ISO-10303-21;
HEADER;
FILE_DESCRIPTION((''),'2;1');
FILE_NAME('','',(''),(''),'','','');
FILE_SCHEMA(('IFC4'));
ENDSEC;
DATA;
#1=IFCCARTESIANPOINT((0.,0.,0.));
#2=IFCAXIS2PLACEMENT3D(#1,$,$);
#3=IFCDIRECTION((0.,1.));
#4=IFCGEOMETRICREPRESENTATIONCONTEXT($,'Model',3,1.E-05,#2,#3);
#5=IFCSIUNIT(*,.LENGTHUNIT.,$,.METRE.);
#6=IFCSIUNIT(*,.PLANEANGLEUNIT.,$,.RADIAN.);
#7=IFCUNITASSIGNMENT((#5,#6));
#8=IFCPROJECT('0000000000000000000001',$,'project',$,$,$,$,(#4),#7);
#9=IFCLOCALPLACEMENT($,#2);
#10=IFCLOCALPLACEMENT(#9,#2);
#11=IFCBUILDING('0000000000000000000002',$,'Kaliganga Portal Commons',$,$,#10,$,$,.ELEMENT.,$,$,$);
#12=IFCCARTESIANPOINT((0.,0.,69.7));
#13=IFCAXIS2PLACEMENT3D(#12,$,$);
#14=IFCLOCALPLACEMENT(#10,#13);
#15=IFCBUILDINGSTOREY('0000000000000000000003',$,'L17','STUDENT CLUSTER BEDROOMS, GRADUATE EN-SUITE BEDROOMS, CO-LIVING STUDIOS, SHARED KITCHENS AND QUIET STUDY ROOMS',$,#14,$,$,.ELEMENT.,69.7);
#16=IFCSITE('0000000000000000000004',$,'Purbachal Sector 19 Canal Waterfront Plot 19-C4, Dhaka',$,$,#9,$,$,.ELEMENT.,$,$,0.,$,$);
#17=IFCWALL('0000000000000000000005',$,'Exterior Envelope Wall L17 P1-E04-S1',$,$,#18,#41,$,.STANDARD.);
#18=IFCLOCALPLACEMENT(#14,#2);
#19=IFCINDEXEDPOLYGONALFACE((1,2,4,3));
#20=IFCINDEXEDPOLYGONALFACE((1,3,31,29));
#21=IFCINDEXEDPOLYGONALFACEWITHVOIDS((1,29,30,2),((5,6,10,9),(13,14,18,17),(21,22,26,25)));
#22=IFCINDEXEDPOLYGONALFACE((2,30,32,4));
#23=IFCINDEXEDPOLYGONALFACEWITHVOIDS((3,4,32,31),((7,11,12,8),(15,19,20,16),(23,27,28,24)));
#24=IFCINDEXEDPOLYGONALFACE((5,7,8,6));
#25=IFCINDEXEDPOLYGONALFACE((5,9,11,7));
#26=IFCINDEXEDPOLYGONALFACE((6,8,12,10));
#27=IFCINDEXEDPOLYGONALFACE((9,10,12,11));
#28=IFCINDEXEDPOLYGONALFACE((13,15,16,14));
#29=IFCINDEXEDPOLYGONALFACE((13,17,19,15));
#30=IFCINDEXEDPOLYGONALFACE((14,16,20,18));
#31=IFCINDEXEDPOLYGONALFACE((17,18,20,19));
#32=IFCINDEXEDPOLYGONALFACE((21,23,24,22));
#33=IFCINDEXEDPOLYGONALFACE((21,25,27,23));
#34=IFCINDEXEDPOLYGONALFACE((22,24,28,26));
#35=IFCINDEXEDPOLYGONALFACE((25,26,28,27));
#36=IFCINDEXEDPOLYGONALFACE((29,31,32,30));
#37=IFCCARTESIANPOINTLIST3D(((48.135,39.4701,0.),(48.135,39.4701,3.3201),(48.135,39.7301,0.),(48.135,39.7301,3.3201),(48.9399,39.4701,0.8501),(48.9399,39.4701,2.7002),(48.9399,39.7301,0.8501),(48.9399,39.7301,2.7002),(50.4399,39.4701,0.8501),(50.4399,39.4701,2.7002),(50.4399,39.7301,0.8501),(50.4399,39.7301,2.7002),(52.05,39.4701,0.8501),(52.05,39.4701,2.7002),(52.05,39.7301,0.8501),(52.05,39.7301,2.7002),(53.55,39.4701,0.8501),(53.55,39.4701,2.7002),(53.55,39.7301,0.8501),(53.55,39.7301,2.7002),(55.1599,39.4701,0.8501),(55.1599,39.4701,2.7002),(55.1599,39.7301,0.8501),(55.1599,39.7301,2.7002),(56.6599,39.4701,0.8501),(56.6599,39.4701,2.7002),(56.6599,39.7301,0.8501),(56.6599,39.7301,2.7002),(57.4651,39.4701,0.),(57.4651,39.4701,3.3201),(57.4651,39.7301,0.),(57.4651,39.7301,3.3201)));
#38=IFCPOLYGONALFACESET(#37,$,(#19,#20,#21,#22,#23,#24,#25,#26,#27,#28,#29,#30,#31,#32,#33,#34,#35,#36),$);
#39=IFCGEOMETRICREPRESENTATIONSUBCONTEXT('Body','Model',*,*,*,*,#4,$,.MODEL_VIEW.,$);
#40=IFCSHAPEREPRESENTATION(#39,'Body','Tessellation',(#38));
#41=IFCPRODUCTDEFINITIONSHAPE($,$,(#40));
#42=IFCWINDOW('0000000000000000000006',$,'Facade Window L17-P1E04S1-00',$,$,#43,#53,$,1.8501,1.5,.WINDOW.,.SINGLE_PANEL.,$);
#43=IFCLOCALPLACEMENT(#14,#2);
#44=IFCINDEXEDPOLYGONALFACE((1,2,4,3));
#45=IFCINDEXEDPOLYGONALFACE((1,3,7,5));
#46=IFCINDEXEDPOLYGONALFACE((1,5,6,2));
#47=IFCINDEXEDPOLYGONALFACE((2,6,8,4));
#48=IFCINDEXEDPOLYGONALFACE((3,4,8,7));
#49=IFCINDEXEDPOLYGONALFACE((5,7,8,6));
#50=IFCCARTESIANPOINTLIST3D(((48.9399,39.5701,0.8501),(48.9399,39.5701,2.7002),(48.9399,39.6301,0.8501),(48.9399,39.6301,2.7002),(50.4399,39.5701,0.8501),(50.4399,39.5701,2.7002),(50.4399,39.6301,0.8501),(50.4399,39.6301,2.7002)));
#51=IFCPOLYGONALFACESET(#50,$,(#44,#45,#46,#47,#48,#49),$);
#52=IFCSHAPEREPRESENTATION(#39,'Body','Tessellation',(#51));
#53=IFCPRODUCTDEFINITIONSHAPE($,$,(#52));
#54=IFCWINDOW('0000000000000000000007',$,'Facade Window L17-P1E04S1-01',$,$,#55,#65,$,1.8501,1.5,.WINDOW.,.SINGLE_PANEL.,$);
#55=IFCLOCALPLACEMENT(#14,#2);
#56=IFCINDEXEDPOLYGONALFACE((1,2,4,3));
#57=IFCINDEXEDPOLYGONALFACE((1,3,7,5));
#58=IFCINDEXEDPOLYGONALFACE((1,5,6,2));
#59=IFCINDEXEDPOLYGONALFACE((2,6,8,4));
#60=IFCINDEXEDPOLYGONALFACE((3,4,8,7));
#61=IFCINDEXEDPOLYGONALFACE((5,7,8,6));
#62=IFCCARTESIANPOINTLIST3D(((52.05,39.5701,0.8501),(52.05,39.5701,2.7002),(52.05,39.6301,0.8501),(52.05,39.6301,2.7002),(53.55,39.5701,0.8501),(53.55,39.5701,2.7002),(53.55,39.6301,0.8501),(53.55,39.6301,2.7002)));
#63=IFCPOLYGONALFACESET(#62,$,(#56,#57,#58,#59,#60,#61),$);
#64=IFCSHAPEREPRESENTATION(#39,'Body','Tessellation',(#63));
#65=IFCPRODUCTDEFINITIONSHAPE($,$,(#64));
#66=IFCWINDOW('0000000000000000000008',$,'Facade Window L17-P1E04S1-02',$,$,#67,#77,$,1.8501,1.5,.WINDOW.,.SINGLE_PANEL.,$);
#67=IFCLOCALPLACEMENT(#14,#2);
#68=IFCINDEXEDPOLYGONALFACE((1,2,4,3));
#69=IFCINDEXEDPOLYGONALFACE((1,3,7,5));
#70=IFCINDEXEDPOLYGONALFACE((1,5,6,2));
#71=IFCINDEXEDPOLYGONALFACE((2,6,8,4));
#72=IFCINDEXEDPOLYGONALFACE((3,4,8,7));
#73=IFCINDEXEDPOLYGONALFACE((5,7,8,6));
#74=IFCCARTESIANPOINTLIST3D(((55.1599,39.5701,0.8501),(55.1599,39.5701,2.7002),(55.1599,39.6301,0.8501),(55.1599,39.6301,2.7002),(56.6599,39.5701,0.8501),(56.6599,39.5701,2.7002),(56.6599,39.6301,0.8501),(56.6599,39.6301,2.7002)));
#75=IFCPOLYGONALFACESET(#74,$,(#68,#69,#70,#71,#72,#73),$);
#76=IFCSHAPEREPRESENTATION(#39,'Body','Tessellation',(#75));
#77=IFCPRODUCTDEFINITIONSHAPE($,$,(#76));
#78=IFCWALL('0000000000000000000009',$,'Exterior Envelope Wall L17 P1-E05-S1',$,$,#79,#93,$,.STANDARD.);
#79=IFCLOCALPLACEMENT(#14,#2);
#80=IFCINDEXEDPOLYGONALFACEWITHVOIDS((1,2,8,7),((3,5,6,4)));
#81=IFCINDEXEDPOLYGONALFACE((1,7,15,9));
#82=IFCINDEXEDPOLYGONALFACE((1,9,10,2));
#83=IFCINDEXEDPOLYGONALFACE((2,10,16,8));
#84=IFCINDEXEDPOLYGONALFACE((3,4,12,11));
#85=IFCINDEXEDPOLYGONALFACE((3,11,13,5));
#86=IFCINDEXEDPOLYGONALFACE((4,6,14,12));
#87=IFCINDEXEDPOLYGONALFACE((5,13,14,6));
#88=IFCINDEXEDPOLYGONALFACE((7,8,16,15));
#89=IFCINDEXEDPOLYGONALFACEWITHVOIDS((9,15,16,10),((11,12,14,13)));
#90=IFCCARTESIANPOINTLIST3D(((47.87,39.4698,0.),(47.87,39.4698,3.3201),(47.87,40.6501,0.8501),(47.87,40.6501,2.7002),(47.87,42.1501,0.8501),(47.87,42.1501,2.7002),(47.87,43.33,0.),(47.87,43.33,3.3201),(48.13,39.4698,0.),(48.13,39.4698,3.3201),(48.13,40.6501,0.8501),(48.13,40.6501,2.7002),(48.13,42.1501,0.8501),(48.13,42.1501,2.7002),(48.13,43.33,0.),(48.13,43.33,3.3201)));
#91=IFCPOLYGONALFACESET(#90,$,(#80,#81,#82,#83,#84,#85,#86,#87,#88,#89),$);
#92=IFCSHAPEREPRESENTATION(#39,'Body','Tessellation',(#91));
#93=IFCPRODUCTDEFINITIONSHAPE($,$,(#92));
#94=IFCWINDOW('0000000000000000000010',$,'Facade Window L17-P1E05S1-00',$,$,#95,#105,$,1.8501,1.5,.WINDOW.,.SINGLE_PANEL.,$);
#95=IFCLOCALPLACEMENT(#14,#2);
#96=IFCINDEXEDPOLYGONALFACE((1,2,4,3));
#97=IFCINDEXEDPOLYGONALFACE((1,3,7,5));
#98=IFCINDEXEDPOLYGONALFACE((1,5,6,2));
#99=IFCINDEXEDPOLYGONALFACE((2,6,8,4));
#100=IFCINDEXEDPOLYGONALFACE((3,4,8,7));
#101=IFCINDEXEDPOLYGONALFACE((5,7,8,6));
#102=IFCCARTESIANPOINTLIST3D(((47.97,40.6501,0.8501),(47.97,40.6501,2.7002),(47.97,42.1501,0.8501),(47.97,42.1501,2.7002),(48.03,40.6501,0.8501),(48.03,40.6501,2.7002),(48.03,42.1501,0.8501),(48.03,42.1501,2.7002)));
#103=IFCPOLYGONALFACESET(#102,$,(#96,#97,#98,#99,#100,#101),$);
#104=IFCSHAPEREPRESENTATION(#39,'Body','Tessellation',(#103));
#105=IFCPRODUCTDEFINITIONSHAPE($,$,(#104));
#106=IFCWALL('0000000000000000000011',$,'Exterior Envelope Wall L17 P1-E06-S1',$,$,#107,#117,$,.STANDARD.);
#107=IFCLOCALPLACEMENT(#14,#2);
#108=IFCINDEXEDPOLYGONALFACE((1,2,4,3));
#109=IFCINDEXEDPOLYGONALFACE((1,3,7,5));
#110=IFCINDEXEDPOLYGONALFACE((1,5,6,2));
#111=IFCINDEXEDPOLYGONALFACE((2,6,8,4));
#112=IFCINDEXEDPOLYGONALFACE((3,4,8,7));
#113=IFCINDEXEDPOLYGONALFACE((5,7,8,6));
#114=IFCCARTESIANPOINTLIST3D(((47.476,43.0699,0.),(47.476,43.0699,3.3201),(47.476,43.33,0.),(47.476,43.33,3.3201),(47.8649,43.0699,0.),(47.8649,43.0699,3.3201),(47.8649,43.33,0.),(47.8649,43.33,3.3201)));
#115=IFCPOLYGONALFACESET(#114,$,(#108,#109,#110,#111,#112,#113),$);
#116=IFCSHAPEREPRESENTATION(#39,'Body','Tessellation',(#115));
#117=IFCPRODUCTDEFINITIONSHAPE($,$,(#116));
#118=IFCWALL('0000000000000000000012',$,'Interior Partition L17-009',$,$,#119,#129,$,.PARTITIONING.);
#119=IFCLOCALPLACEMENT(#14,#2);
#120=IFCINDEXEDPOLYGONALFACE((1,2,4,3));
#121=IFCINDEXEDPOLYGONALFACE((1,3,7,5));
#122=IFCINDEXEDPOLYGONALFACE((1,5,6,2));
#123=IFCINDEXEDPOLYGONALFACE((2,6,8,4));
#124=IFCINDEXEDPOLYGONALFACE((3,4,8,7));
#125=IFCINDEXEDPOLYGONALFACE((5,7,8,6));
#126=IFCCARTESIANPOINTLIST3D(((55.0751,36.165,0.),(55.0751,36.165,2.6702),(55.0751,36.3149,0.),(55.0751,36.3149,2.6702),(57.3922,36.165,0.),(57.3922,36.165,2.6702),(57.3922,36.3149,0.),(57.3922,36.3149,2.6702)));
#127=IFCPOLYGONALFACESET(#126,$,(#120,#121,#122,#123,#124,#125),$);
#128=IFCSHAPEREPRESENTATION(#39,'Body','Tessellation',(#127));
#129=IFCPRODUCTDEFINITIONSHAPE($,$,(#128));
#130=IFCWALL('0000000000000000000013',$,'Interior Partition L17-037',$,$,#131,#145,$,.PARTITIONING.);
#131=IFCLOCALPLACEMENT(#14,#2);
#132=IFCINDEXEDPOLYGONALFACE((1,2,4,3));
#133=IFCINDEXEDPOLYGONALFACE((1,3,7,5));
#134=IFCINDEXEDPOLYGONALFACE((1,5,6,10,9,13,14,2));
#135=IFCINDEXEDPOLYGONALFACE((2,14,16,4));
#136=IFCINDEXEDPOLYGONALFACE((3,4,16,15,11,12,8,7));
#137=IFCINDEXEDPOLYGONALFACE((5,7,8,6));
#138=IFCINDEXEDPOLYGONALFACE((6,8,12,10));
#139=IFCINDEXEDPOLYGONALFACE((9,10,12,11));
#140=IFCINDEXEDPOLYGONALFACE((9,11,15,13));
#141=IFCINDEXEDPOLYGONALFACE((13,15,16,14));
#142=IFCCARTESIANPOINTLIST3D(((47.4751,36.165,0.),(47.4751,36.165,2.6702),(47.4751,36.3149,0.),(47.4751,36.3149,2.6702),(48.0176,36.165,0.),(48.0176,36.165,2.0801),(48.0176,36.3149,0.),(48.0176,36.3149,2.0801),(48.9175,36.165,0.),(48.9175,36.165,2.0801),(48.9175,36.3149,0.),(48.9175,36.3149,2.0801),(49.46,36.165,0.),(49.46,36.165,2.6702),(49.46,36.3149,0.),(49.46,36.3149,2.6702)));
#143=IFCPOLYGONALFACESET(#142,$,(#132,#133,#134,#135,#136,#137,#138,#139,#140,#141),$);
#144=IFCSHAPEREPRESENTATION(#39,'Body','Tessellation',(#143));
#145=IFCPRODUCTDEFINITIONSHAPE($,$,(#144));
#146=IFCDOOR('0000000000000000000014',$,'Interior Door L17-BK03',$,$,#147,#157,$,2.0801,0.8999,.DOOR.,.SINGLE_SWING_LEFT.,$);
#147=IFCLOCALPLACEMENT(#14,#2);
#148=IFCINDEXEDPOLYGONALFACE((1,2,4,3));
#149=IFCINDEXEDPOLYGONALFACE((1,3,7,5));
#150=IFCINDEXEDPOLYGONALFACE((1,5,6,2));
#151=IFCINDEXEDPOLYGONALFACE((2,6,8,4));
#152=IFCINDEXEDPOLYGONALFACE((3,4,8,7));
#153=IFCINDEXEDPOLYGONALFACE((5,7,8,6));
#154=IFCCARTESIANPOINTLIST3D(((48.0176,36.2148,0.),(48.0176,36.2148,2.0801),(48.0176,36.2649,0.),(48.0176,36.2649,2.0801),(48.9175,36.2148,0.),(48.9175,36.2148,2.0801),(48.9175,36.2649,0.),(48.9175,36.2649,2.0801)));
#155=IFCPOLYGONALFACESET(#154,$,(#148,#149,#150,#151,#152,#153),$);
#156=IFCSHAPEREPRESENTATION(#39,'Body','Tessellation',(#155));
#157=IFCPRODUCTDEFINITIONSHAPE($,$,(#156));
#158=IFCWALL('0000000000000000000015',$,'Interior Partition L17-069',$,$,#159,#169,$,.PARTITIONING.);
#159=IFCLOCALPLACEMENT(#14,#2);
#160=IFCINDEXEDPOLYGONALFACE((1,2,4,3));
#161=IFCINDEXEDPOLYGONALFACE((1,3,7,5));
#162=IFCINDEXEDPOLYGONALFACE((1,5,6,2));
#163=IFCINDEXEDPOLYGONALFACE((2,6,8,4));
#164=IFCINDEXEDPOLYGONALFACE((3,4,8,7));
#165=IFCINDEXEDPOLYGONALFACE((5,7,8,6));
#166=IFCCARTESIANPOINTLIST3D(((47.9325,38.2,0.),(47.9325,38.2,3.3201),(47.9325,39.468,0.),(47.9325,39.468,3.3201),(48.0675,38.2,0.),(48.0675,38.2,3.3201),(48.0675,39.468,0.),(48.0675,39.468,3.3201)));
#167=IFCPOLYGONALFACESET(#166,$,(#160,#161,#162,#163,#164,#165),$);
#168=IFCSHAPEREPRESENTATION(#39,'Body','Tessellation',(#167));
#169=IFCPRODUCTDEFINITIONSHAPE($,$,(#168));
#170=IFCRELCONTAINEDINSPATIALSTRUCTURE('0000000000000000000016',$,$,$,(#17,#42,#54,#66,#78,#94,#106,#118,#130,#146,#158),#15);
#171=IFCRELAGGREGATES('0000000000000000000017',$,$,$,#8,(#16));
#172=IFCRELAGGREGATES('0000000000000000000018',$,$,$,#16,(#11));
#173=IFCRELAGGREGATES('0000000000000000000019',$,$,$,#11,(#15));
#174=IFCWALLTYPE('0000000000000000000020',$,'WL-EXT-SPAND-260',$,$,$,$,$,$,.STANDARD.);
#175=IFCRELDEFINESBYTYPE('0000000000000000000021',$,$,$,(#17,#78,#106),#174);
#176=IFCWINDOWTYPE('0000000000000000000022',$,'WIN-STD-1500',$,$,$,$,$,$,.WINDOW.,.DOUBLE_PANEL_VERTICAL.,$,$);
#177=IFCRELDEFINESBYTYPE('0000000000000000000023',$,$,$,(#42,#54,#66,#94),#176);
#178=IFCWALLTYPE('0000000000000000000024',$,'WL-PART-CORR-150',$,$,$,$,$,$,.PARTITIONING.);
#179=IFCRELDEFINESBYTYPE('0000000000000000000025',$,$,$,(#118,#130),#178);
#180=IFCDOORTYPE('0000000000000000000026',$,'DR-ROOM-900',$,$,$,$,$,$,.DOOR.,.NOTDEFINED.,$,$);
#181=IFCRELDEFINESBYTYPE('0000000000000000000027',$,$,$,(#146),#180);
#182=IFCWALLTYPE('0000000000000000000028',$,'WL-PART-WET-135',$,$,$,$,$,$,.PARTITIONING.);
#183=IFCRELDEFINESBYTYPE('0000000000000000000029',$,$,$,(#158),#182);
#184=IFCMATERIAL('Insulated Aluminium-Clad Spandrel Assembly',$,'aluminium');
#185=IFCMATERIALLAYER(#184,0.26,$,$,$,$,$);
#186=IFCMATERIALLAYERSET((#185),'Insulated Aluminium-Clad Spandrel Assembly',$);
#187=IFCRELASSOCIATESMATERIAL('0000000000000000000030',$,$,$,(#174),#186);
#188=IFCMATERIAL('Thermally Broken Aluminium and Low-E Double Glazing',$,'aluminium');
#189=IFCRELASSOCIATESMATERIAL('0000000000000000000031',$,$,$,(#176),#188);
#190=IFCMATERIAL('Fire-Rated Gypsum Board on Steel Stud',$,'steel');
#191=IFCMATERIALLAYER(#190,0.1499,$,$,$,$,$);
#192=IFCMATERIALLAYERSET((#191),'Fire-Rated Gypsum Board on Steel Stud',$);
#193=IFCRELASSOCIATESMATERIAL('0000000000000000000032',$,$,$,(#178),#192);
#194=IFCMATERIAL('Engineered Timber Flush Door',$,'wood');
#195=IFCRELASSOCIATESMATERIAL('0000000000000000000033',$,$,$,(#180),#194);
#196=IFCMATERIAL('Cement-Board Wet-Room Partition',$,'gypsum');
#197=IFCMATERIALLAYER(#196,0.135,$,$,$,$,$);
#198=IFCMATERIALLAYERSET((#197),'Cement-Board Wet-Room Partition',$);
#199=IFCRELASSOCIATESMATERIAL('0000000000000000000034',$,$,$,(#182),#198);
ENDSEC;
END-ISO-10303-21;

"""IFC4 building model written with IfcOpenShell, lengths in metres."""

from ifc_helpers import new_model, si_unit, direction, frame, frame_2d, origin, place, context, subcontext, project, spatial, rectangle, extrude, material, layer, layer_set, type_object, element, fill, save


model = new_model("IFC4")

# Units and contexts
model_context = context("Model", 3, precision=1e-05, world=origin(), true_north=direction((0.0, 1.0)))
body_context = subcontext(model_context, "Body", "Model", "MODEL_VIEW")
ifc_project = project(units=[si_unit("LENGTHUNIT", "METRE"), si_unit("PLANEANGLEUNIT", "RADIAN")], contexts=[model_context])

# Site, building, storey
site_placement = place(None, origin())
site = spatial("IfcSite", under=ifc_project, at=site_placement, Name="Purbachal Sector 19 Canal Waterfront Plot 19-C4, Dhaka", CompositionType="ELEMENT", RefElevation=0.0)
building_placement = place(site_placement, origin())
building = spatial("IfcBuilding", under=site, at=building_placement, Name="Kaliganga Portal Commons", CompositionType="ELEMENT")
storey_placement = place(building_placement, frame((0.0, 0.0, 69.7)))
storey = spatial("IfcBuildingStorey", under=building, at=storey_placement, Name="L17", Description="STUDENT CLUSTER BEDROOMS, GRADUATE EN-SUITE BEDROOMS, CO-LIVING STUDIOS, SHARED KITCHENS AND QUIET STUDY ROOMS", CompositionType="ELEMENT", Elevation=69.7)

# Wall, openings, windows
ifc_material_1 = material(Name="Insulated Aluminium-Clad Spandrel Assembly", Category="aluminium")
ifc_layer_1 = layer(ifc_material_1, 0.26)
ifc_layer_set_1 = layer_set([ifc_layer_1], Name="Insulated Aluminium-Clad Spandrel Assembly")
wall_type_1 = type_object("IfcWallType", Name="WL-EXT-SPAND-260", PredefinedType="STANDARD", material=ifc_layer_set_1)
ifc_material_2 = material(Name="Thermally Broken Aluminium and Low-E Double Glazing", Category="aluminium")
wall_1_placement = place(storey_placement, frame((48.135, 39.6001, 0.0), z_axis=(0.0, 0.0, 1.0), x_axis=(1.0, 0.0, 0.0)))
wall_1 = element("IfcWall", 1, at=wall_1_placement, inside=storey, type_object=wall_type_1, Name="Exterior Envelope Wall L17 P1-E04-S1", PredefinedType="STANDARD", context=body_context, shape_type="SweptSolid", body=[
    extrude(rectangle(XDim=9.3301, YDim=0.26, at=frame_2d((4.665, 0.0))), origin(), (0.0, 0.0, 1.0), 3.3201),
])
opening_1_placement = place(wall_1_placement, frame((0.8049, 0.0, 0.8501)))
opening_1 = element("IfcOpeningElement", 2, at=opening_1_placement, cuts=wall_1, PredefinedType="OPENING", context=body_context, shape_type="SweptSolid", body=[
    extrude(rectangle(XDim=1.5, YDim=1.8501, at=frame_2d((0.75, 0.925))), frame((0.0, 0.1401, 0.0), z_axis=(0.0, -1.0, 0.0), x_axis=(1.0, 0.0, 0.0)), (0.0, 0.0, 1.0), 0.28),
])
opening_2_placement = place(wall_1_placement, frame((3.915, 0.0, 0.8501)))
opening_2 = element("IfcOpeningElement", 3, at=opening_2_placement, cuts=wall_1, PredefinedType="OPENING", context=body_context, shape_type="SweptSolid", body=[
    extrude(rectangle(XDim=1.5, YDim=1.8501, at=frame_2d((0.75, 0.925))), frame((0.0, 0.1401, 0.0), z_axis=(0.0, -1.0, 0.0), x_axis=(1.0, 0.0, 0.0)), (0.0, 0.0, 1.0), 0.28),
])
opening_3_placement = place(wall_1_placement, frame((7.0249, 0.0, 0.8501)))
opening_3 = element("IfcOpeningElement", 4, at=opening_3_placement, cuts=wall_1, PredefinedType="OPENING", context=body_context, shape_type="SweptSolid", body=[
    extrude(rectangle(XDim=1.5, YDim=1.8501, at=frame_2d((0.75, 0.925))), frame((0.0, 0.1401, 0.0), z_axis=(0.0, -1.0, 0.0), x_axis=(1.0, 0.0, 0.0)), (0.0, 0.0, 1.0), 0.28),
])
window_type_1 = type_object("IfcWindowType", Name="WIN-STD-1500", PartitioningType="DOUBLE_PANEL_VERTICAL", PredefinedType="WINDOW", material=ifc_material_2)
window_1_placement = place(opening_1_placement, origin())
window_1 = element("IfcWindow", 5, at=window_1_placement, inside=storey, type_object=window_type_1, Name="Facade Window L17-P1E04S1-00", OverallHeight=1.8501, OverallWidth=1.5, PartitioningType="SINGLE_PANEL", PredefinedType="WINDOW", context=body_context, shape_type="SweptSolid", body=[
    extrude(rectangle(XDim=1.5, YDim=1.8501, at=frame_2d((0.75, 0.925))), frame((0.0, 0.03, 0.0), z_axis=(0.0, -1.0, 0.0), x_axis=(1.0, 0.0, 0.0)), (0.0, 0.0, 1.0), 0.0601),
])
fill(opening_1, window_1)
window_2_placement = place(opening_2_placement, origin())
window_2 = element("IfcWindow", 6, at=window_2_placement, inside=storey, type_object=window_type_1, Name="Facade Window L17-P1E04S1-01", OverallHeight=1.8501, OverallWidth=1.5, PartitioningType="SINGLE_PANEL", PredefinedType="WINDOW", context=body_context, shape_type="SweptSolid", body=[
    extrude(rectangle(XDim=1.5, YDim=1.8501, at=frame_2d((0.75, 0.925))), frame((0.0, 0.03, 0.0), z_axis=(0.0, -1.0, 0.0), x_axis=(1.0, 0.0, 0.0)), (0.0, 0.0, 1.0), 0.0601),
])
fill(opening_2, window_2)
window_3_placement = place(opening_3_placement, origin())
window_3 = element("IfcWindow", 7, at=window_3_placement, inside=storey, type_object=window_type_1, Name="Facade Window L17-P1E04S1-02", OverallHeight=1.8501, OverallWidth=1.5, PartitioningType="SINGLE_PANEL", PredefinedType="WINDOW", context=body_context, shape_type="SweptSolid", body=[
    extrude(rectangle(XDim=1.5, YDim=1.8501, at=frame_2d((0.75, 0.925))), frame((0.0, 0.03, 0.0), z_axis=(0.0, -1.0, 0.0), x_axis=(1.0, 0.0, 0.0)), (0.0, 0.0, 1.0), 0.0601),
])
fill(opening_3, window_3)

# Wall, opening, window
wall_2_placement = place(storey_placement, frame((48.0, 43.3301, 0.0), z_axis=(0.0, 0.0, 1.0), x_axis=(0.0, -1.0, 0.0)))
wall_2 = element("IfcWall", 8, at=wall_2_placement, inside=storey, type_object=wall_type_1, Name="Exterior Envelope Wall L17 P1-E05-S1", PredefinedType="STANDARD", context=body_context, shape_type="SweptSolid", body=[
    extrude(rectangle(XDim=3.8601, YDim=0.26, at=frame_2d((1.9302, 0.0))), origin(), (0.0, 0.0, 1.0), 3.3201),
])
opening_4_placement = place(wall_2_placement, frame((1.1799, 0.0, 0.8501)))
opening_4 = element("IfcOpeningElement", 9, at=opening_4_placement, cuts=wall_2, PredefinedType="OPENING", context=body_context, shape_type="SweptSolid", body=[
    extrude(rectangle(XDim=1.5, YDim=1.8501, at=frame_2d((0.75, 0.925))), frame((0.0, 0.1401, 0.0), z_axis=(0.0, -1.0, 0.0), x_axis=(1.0, 0.0, 0.0)), (0.0, 0.0, 1.0), 0.28),
])
window_4_placement = place(opening_4_placement, origin())
window_4 = element("IfcWindow", 10, at=window_4_placement, inside=storey, type_object=window_type_1, Name="Facade Window L17-P1E05S1-00", OverallHeight=1.8501, OverallWidth=1.5, PartitioningType="SINGLE_PANEL", PredefinedType="WINDOW", context=body_context, shape_type="SweptSolid", body=[
    extrude(rectangle(XDim=1.5, YDim=1.8501, at=frame_2d((0.75, 0.925))), frame((0.0, 0.03, 0.0), z_axis=(0.0, -1.0, 0.0), x_axis=(1.0, 0.0, 0.0)), (0.0, 0.0, 1.0), 0.0601),
])
fill(opening_4, window_4)

# Wall
wall_3_placement = place(storey_placement, frame((47.4761, 43.2, 0.0), z_axis=(0.0, 0.0, 1.0), x_axis=(1.0, 0.0, 0.0)))
element("IfcWall", 11, at=wall_3_placement, inside=storey, type_object=wall_type_1, Name="Exterior Envelope Wall L17 P1-E06-S1", PredefinedType="STANDARD", context=body_context, shape_type="SweptSolid", body=[
    extrude(rectangle(XDim=0.3889, YDim=0.26, at=frame_2d((0.1943, 0.0))), origin(), (0.0, 0.0, 1.0), 3.3201),
])

# Shared definitions
ifc_material_3 = material(Name="Fire-Rated Gypsum Board on Steel Stud", Category="steel")
ifc_layer_2 = layer(ifc_material_3, 0.1499)
ifc_layer_set_2 = layer_set([ifc_layer_2], Name="Fire-Rated Gypsum Board on Steel Stud")
wall_type_2 = type_object("IfcWallType", Name="WL-PART-CORR-150", PredefinedType="PARTITIONING", material=ifc_layer_set_2)

# Wall
wall_4_placement = place(storey_placement, frame((55.075, 36.24, 0.0), z_axis=(0.0, 0.0, 1.0), x_axis=(1.0, 0.0, 0.0)))
element("IfcWall", 12, at=wall_4_placement, inside=storey, type_object=wall_type_2, Name="Interior Partition L17-009", PredefinedType="PARTITIONING", context=body_context, shape_type="SweptSolid", body=[
    extrude(rectangle(XDim=2.3171, YDim=0.1499, at=frame_2d((1.1587, 0.0))), origin(), (0.0, 0.0, 1.0), 2.6702),
])

# Wall, opening, door
wall_5_placement = place(storey_placement, frame((47.4751, 36.24, 0.0), z_axis=(0.0, 0.0, 1.0), x_axis=(1.0, 0.0, 0.0)))
wall_5 = element("IfcWall", 13, at=wall_5_placement, inside=storey, type_object=wall_type_2, Name="Interior Partition L17-037", PredefinedType="PARTITIONING", context=body_context, shape_type="SweptSolid", body=[
    extrude(rectangle(XDim=1.9849, YDim=0.1499, at=frame_2d((0.9924, 0.0))), origin(), (0.0, 0.0, 1.0), 2.6702),
])
opening_5_placement = place(wall_5_placement, frame((0.5425, 0.0, 0.0)))
opening_5 = element("IfcOpeningElement", 14, at=opening_5_placement, cuts=wall_5, PredefinedType="OPENING", context=body_context, shape_type="SweptSolid", body=[
    extrude(rectangle(XDim=0.8999, YDim=2.0801, at=frame_2d((0.45, 1.04))), frame((0.0, 0.085, 0.0), z_axis=(0.0, -1.0, 0.0), x_axis=(1.0, 0.0, 0.0)), (0.0, 0.0, 1.0), 0.1699),
])
ifc_material_4 = material(Name="Engineered Timber Flush Door", Category="wood")
door_type_1 = type_object("IfcDoorType", Name="DR-ROOM-900", OperationType="NOTDEFINED", PredefinedType="DOOR", material=ifc_material_4)
door_1_placement = place(opening_5_placement, origin())
door_1 = element("IfcDoor", 15, at=door_1_placement, inside=storey, type_object=door_type_1, Name="Interior Door L17-BK03", OperationType="SINGLE_SWING_LEFT", OverallHeight=2.0801, OverallWidth=0.8999, PredefinedType="DOOR", context=body_context, shape_type="SweptSolid", body=[
    extrude(rectangle(XDim=0.8999, YDim=2.0801, at=frame_2d((0.45, 1.04))), frame((0.0, 0.0249, 0.0), z_axis=(0.0, -1.0, 0.0), x_axis=(1.0, 0.0, 0.0)), (0.0, 0.0, 1.0), 0.05),
])
fill(opening_5, door_1)

# Wall
ifc_material_5 = material(Name="Cement-Board Wet-Room Partition", Category="gypsum")
ifc_layer_3 = layer(ifc_material_5, 0.135)
ifc_layer_set_3 = layer_set([ifc_layer_3], Name="Cement-Board Wet-Room Partition")
wall_type_3 = type_object("IfcWallType", Name="WL-PART-WET-135", PredefinedType="PARTITIONING", material=ifc_layer_set_3)
wall_6_placement = place(storey_placement, frame((48.0, 38.2, 0.0), z_axis=(0.0, 0.0, 1.0), x_axis=(0.0, 1.0, 0.0)))
element("IfcWall", 16, at=wall_6_placement, inside=storey, type_object=wall_type_3, Name="Interior Partition L17-069", PredefinedType="PARTITIONING", context=body_context, shape_type="SweptSolid", body=[
    extrude(rectangle(XDim=1.2681, YDim=0.135, at=frame_2d((0.634, 0.0))), origin(), (0.0, 0.0, 1.0), 3.3201),
])

save(model, "model.ifc")
